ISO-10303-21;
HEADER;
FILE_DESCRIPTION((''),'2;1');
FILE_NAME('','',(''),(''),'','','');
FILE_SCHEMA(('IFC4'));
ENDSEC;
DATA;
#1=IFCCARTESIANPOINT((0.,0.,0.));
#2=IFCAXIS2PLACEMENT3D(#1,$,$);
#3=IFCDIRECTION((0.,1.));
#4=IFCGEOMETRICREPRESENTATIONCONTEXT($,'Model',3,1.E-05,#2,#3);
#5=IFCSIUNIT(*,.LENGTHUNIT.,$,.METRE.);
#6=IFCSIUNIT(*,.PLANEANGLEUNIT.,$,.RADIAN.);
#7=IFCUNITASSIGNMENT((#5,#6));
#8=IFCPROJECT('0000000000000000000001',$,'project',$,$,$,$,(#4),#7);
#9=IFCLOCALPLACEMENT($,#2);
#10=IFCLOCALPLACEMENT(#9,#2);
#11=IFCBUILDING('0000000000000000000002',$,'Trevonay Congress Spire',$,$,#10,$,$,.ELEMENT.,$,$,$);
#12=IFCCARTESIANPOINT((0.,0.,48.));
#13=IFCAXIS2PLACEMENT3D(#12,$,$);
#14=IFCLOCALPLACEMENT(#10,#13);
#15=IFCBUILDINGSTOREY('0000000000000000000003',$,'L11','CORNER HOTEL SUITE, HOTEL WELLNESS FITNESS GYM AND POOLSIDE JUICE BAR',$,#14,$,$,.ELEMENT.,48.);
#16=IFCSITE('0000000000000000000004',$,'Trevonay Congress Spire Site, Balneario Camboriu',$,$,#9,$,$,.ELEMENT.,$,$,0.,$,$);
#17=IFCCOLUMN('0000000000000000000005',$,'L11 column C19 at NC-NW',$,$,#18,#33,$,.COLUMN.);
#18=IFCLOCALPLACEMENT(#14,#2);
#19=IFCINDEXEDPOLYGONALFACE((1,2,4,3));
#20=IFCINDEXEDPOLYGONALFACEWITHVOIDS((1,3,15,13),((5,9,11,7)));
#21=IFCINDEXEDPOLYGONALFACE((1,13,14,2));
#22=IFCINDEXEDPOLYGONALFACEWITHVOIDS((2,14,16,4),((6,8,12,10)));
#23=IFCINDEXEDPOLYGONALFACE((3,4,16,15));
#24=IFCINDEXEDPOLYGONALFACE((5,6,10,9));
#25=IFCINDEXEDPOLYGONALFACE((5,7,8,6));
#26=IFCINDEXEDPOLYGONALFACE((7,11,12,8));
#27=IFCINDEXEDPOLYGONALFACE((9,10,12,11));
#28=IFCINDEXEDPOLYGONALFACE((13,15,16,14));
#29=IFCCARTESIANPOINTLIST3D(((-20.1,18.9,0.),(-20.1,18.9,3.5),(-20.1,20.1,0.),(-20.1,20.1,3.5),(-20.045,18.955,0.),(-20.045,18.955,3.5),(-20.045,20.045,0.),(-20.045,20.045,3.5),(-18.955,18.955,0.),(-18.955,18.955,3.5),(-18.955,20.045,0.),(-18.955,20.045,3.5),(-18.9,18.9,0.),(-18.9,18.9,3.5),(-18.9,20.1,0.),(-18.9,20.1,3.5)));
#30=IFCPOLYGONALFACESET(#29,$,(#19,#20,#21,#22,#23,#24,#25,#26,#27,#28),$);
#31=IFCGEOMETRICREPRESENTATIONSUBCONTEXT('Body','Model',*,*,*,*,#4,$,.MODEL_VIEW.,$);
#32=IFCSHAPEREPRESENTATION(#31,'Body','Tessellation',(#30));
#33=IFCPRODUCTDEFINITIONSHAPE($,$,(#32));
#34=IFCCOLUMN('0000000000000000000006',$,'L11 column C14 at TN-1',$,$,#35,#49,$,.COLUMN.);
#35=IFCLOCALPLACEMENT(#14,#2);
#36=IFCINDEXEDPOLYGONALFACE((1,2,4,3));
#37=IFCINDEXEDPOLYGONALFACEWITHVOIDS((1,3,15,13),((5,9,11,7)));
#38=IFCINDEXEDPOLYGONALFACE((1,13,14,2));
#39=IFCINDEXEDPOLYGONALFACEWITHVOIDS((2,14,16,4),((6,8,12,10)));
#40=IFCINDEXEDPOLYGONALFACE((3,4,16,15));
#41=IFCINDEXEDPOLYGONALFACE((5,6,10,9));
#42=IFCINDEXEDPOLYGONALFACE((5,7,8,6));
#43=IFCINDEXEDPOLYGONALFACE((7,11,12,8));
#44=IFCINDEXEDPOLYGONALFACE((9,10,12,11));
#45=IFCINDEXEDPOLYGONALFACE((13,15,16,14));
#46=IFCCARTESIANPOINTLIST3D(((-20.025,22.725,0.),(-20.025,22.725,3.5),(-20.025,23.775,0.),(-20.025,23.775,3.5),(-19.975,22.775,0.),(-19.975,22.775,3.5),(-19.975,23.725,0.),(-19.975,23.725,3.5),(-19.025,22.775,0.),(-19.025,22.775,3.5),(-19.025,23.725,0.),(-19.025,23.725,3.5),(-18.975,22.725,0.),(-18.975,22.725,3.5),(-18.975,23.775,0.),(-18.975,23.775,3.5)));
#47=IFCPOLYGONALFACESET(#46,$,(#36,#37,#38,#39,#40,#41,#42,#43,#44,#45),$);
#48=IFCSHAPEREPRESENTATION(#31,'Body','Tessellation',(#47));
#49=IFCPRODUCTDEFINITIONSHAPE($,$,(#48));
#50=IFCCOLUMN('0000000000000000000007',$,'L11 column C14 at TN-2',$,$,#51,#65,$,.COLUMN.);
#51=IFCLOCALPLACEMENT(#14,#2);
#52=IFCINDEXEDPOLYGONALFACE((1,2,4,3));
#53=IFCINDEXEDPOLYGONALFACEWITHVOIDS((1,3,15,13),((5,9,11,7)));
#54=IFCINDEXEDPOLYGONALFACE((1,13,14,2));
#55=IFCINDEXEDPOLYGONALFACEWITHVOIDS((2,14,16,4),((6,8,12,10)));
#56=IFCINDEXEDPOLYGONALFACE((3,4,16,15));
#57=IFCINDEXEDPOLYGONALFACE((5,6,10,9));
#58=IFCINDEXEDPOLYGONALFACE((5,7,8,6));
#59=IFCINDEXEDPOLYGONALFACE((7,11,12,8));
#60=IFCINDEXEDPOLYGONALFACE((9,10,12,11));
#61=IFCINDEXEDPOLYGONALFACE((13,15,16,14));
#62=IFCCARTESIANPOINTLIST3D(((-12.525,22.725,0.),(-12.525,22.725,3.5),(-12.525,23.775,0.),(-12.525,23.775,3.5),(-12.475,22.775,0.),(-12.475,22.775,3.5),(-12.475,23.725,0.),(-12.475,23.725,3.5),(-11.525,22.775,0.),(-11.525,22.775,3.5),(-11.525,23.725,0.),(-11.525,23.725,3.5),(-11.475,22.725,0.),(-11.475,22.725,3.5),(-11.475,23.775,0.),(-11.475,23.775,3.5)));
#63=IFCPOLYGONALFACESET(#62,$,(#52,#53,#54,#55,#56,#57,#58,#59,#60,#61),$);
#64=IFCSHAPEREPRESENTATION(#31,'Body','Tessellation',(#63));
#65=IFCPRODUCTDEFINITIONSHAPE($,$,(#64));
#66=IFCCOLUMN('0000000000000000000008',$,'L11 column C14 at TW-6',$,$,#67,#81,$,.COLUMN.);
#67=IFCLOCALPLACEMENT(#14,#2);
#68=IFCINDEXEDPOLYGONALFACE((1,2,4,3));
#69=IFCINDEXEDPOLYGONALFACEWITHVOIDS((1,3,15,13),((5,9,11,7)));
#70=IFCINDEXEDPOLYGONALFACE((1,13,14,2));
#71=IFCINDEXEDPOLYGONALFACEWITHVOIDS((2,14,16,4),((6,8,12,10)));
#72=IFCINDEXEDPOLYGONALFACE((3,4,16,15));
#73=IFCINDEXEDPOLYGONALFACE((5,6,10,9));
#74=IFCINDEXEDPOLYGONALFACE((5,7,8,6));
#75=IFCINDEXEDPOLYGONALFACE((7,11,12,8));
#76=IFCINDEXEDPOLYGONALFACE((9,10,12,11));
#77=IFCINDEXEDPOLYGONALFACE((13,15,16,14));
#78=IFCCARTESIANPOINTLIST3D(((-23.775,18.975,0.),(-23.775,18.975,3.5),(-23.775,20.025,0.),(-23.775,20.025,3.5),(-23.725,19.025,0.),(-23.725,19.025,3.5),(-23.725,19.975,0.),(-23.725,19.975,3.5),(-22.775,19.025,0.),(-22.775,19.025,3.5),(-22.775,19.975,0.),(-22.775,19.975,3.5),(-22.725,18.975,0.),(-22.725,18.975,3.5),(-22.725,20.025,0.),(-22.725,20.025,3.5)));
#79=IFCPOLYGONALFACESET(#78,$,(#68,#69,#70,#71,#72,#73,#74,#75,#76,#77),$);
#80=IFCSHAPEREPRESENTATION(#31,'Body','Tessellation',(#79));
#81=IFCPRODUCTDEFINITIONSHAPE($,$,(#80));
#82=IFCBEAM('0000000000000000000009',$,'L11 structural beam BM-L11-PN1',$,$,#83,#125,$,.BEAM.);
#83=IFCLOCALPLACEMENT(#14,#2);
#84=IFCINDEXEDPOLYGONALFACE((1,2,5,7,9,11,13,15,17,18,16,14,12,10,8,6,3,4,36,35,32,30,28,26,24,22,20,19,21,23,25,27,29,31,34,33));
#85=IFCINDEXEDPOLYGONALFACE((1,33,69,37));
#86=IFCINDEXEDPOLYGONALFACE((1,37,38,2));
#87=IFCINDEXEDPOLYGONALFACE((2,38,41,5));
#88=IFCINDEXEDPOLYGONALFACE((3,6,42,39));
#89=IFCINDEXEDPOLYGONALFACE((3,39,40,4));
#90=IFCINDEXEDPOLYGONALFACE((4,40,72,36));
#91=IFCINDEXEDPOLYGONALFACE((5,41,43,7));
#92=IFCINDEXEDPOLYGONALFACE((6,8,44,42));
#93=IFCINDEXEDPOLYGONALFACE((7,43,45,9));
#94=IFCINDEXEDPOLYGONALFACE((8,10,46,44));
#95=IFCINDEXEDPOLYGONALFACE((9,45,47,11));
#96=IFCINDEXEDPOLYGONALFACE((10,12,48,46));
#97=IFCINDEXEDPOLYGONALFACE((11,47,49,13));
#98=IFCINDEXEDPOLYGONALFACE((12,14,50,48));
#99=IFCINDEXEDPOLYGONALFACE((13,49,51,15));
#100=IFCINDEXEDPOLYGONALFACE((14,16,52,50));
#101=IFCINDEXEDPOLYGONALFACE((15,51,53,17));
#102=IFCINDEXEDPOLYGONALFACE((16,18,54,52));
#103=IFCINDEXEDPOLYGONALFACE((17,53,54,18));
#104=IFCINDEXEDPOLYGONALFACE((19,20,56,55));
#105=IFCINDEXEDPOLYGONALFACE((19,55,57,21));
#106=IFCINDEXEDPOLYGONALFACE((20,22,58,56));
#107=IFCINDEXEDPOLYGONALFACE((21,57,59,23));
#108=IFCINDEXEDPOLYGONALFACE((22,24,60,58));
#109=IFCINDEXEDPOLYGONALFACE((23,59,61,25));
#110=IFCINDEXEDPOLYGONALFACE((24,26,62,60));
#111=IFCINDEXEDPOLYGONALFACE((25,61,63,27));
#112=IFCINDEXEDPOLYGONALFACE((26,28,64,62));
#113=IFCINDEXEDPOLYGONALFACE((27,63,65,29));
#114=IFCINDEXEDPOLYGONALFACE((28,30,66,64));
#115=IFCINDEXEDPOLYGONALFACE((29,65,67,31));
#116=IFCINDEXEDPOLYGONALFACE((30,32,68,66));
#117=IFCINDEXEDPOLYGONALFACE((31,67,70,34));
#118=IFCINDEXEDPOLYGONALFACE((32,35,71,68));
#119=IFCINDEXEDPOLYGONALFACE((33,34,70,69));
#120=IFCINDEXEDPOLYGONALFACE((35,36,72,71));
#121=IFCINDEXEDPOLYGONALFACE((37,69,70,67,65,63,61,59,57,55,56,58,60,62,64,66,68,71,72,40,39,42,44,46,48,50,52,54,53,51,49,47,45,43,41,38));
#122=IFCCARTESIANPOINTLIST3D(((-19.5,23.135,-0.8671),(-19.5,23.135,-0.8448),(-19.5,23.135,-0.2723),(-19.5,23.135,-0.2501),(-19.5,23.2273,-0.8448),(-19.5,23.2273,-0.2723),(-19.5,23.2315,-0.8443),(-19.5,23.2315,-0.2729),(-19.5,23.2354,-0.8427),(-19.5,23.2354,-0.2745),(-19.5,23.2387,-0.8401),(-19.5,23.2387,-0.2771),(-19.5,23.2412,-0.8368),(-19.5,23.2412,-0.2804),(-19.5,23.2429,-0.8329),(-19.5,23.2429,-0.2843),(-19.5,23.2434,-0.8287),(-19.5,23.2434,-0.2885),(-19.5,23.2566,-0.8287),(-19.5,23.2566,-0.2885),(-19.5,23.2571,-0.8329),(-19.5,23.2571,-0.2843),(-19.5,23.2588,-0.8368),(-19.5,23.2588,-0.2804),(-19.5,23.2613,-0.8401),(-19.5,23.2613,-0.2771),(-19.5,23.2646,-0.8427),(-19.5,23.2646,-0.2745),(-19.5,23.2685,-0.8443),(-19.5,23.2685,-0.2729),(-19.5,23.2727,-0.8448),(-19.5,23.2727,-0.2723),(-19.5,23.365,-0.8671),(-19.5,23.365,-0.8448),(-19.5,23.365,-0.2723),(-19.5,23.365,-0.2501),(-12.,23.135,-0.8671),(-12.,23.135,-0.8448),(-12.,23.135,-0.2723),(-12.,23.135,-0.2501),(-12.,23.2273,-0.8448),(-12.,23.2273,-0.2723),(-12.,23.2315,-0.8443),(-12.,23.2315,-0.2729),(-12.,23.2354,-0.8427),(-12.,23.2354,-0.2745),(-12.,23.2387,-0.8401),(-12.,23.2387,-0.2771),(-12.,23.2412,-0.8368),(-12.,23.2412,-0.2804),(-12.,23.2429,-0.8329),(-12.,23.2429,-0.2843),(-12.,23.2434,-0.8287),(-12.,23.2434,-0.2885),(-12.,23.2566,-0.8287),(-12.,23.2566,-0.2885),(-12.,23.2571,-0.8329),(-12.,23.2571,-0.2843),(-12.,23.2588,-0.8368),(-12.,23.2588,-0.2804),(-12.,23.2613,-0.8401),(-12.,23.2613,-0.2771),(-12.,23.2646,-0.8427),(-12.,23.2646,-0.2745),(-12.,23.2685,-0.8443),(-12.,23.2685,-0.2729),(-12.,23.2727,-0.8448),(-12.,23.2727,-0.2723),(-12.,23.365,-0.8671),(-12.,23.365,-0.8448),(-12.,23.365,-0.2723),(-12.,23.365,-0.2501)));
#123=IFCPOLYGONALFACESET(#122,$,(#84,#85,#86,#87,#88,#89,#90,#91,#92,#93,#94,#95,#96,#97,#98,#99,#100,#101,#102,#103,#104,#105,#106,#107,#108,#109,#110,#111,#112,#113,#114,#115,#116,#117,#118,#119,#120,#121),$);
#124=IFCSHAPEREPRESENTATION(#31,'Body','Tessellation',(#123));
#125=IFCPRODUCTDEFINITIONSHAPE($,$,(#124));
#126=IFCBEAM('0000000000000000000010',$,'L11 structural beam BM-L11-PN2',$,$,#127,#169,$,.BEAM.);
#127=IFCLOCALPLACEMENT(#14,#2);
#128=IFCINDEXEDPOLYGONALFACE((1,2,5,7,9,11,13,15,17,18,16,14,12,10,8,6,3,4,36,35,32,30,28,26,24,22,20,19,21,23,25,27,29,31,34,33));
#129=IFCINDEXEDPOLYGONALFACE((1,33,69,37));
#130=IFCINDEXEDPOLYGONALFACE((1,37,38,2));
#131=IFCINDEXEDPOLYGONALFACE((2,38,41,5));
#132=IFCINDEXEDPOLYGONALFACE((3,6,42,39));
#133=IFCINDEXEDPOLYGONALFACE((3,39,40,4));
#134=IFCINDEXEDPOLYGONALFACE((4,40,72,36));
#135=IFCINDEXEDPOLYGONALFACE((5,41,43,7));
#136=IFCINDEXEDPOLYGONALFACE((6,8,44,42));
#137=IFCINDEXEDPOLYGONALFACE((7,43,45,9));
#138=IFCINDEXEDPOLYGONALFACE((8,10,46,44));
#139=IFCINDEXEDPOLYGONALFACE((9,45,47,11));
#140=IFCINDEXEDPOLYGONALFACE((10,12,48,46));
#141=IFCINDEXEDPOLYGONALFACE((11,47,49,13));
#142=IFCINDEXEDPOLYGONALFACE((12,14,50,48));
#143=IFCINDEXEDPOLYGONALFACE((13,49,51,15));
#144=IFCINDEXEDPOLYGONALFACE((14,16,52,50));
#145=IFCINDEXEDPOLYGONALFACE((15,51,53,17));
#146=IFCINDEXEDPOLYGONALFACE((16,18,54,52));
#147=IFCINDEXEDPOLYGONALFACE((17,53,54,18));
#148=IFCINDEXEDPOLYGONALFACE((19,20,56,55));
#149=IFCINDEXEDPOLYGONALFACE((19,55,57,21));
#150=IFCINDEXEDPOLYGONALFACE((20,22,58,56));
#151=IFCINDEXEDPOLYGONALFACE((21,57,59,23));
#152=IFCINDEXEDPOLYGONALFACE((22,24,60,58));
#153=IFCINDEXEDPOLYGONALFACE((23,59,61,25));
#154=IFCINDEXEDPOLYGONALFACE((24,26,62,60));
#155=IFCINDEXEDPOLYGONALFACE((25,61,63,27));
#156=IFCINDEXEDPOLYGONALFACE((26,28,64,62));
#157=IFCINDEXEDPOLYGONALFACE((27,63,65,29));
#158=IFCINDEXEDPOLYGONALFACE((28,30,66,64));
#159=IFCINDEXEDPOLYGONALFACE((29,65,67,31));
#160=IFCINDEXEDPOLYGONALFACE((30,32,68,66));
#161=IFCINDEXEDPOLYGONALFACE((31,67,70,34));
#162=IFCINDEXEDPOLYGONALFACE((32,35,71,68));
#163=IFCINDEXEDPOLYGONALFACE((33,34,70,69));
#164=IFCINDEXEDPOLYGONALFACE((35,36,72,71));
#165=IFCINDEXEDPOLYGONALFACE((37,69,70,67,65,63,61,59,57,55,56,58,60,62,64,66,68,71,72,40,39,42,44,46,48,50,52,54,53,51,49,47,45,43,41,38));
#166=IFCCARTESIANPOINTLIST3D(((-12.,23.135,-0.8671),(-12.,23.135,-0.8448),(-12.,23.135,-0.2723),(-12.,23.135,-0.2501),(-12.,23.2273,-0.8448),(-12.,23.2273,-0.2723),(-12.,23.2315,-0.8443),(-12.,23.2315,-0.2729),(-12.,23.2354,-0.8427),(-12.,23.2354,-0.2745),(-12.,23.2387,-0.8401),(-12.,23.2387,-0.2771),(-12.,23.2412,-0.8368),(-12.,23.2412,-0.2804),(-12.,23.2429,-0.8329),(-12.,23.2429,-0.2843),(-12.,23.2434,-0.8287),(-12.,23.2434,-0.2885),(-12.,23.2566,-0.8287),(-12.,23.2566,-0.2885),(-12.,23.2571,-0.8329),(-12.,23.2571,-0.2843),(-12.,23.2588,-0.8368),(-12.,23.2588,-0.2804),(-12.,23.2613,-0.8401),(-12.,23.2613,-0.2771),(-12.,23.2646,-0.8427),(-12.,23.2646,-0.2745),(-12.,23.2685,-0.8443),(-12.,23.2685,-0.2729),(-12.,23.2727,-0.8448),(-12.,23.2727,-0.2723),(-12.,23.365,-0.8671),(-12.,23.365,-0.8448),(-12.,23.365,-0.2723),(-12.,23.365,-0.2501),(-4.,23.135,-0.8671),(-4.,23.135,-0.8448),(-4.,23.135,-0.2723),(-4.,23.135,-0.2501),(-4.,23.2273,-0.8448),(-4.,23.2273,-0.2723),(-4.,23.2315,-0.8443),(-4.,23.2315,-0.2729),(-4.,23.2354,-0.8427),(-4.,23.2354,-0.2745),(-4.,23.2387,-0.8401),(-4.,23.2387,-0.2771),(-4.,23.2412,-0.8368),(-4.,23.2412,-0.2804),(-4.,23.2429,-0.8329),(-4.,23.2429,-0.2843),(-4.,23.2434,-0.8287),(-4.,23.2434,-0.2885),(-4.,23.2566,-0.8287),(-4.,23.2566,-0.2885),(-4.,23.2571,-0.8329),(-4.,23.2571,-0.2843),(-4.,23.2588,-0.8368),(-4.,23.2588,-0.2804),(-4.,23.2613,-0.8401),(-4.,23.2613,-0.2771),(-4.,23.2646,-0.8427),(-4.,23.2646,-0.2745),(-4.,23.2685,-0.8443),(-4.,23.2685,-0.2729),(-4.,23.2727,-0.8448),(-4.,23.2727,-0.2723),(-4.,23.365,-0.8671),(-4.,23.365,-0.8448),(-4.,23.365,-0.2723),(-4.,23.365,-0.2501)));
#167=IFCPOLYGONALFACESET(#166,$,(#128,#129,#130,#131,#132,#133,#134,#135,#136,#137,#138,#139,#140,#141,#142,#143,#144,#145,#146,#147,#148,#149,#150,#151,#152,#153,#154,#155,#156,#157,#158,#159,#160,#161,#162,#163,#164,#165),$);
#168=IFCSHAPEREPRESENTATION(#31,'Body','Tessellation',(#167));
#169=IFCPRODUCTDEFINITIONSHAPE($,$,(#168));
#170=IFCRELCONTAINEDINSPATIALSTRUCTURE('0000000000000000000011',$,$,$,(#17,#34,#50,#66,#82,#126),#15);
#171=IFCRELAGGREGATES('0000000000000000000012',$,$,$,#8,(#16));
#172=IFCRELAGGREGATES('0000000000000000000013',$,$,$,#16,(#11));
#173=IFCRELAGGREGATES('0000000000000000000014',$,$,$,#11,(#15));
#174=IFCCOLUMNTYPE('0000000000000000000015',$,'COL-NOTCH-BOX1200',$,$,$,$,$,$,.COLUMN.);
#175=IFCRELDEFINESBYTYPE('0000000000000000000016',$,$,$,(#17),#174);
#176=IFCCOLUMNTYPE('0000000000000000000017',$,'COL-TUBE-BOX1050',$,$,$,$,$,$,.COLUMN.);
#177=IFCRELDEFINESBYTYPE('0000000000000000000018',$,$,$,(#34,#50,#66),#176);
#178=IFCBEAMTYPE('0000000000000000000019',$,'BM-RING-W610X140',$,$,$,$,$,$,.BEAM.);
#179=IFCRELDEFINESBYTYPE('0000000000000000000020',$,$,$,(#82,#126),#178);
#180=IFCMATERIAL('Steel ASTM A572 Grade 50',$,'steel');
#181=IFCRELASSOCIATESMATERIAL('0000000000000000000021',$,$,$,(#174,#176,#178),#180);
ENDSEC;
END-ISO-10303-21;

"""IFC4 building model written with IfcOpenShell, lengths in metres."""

from ifc_helpers import new_model, si_unit, direction, frame, origin, origin_2d, place, context, subcontext, project, spatial, hollow_rectangle, i_section, extrude, material, material_profile, profile_set, type_object, element, save


model = new_model("IFC4")

# Units and contexts
model_context = context("Model", 3, precision=1e-05, world=origin(), true_north=direction((0.0, 1.0)))
body_context = subcontext(model_context, "Body", "Model", "MODEL_VIEW")
ifc_project = project(units=[si_unit("LENGTHUNIT", "METRE"), si_unit("PLANEANGLEUNIT", "RADIAN")], contexts=[model_context])

# Site, building, storey
site_placement = place(None, origin())
site = spatial("IfcSite", under=ifc_project, at=site_placement, Name="Trevonay Congress Spire Site, Balneario Camboriu", CompositionType="ELEMENT", RefElevation=0.0)
building_placement = place(site_placement, origin())
building = spatial("IfcBuilding", under=site, at=building_placement, Name="Trevonay Congress Spire", CompositionType="ELEMENT")
storey_placement = place(building_placement, frame((0.0, 0.0, 48.0)))
storey = spatial("IfcBuildingStorey", under=building, at=storey_placement, Name="L11", Description="CORNER HOTEL SUITE, HOTEL WELLNESS FITNESS GYM AND POOLSIDE JUICE BAR", CompositionType="ELEMENT", Elevation=48.0)

# Columns
ifc_material_1 = material(Name="Steel ASTM A572 Grade 50", Category="steel")
ifc_material_profile_1 = material_profile(ifc_material_1, hollow_rectangle(XDim=1.2, YDim=1.2, WallThickness=0.0549, at=origin_2d()), Name="BOX 1200x1200x55")
ifc_profile_set_1 = profile_set([ifc_material_profile_1], Name="Steel ASTM A572 Grade 50")
column_type_1 = type_object("IfcColumnType", Name="COL-NOTCH-BOX1200", PredefinedType="COLUMN", material=ifc_profile_set_1)
column_placement = place(storey_placement, frame((-19.5, 19.5, 0.0), z_axis=(0.0, 0.0, 1.0), x_axis=(1.0, 0.0, 0.0)))
element("IfcColumn", 1, at=column_placement, inside=storey, type_object=column_type_1, Name="L11 column C19 at NC-NW", PredefinedType="COLUMN", context=body_context, shape_type="SweptSolid", body=[
    extrude(hollow_rectangle(XDim=1.2, YDim=1.2, WallThickness=0.0549, at=origin_2d()), origin(), (0.0, 0.0, 1.0), 3.5),
])
ifc_material_profile_2 = material_profile(ifc_material_1, hollow_rectangle(XDim=1.05, YDim=1.05, WallThickness=0.05, at=origin_2d()), Name="BOX 1050x1050x50")
ifc_profile_set_2 = profile_set([ifc_material_profile_2], Name="Steel ASTM A572 Grade 50")
column_type_2 = type_object("IfcColumnType", Name="COL-TUBE-BOX1050", PredefinedType="COLUMN", material=ifc_profile_set_2)
for number, where, z_axis, x_axis, name in (
    (2, (-19.5, 23.25, 0.0), (0.0, 0.0, 1.0), (1.0, 0.0, 0.0), "L11 column C14 at TN-1"),
    (3, (-12.0, 23.25, 0.0), (0.0, 0.0, 1.0), (1.0, 0.0, 0.0), "L11 column C14 at TN-2"),
    (4, (-23.25, 19.5, 0.0), (0.0, 0.0, 1.0), (1.0, 0.0, 0.0), "L11 column C14 at TW-6"),
):
    element("IfcColumn", number, at=place(storey_placement, frame(where, z_axis=z_axis, x_axis=x_axis)), inside=storey, type_object=column_type_2, Name=name, PredefinedType="COLUMN", context=body_context, shape_type="SweptSolid", body=[
        extrude(hollow_rectangle(XDim=1.05, YDim=1.05, WallThickness=0.05, at=origin_2d()), origin(), (0.0, 0.0, 1.0), 3.5),
    ])

# Beams
ifc_material_profile_3 = material_profile(ifc_material_1, i_section(OverallWidth=0.23, OverallDepth=0.6169, WebThickness=0.0132, FlangeThickness=0.0222, FilletRadius=0.0161, at=origin_2d()), Name="W610x140")
ifc_profile_set_3 = profile_set([ifc_material_profile_3], Name="Steel ASTM A572 Grade 50")
beam_type = type_object("IfcBeamType", Name="BM-RING-W610X140", PredefinedType="BEAM", material=ifc_profile_set_3)
beam_1_placement = place(storey_placement, frame((-19.5, 23.25, -0.5586), z_axis=(1.0, 0.0, 0.0), x_axis=(0.0, 1.0, 0.0)))
element("IfcBeam", 5, at=beam_1_placement, inside=storey, type_object=beam_type, Name="L11 structural beam BM-L11-PN1", PredefinedType="BEAM", context=body_context, shape_type="SweptSolid", body=[
    extrude(i_section(OverallWidth=0.23, OverallDepth=0.6169, WebThickness=0.0132, FlangeThickness=0.0222, FilletRadius=0.0161, at=origin_2d()), origin(), (0.0, 0.0, 1.0), 7.5),
])
beam_2_placement = place(storey_placement, frame((-12.0, 23.25, -0.5586), z_axis=(1.0, 0.0, 0.0), x_axis=(0.0, 1.0, 0.0)))
element("IfcBeam", 6, at=beam_2_placement, inside=storey, type_object=beam_type, Name="L11 structural beam BM-L11-PN2", PredefinedType="BEAM", context=body_context, shape_type="SweptSolid", body=[
    extrude(i_section(OverallWidth=0.23, OverallDepth=0.6169, WebThickness=0.0132, FlangeThickness=0.0222, FilletRadius=0.0161, at=origin_2d()), origin(), (0.0, 0.0, 1.0), 8.0),
])

save(model, "model.ifc")
